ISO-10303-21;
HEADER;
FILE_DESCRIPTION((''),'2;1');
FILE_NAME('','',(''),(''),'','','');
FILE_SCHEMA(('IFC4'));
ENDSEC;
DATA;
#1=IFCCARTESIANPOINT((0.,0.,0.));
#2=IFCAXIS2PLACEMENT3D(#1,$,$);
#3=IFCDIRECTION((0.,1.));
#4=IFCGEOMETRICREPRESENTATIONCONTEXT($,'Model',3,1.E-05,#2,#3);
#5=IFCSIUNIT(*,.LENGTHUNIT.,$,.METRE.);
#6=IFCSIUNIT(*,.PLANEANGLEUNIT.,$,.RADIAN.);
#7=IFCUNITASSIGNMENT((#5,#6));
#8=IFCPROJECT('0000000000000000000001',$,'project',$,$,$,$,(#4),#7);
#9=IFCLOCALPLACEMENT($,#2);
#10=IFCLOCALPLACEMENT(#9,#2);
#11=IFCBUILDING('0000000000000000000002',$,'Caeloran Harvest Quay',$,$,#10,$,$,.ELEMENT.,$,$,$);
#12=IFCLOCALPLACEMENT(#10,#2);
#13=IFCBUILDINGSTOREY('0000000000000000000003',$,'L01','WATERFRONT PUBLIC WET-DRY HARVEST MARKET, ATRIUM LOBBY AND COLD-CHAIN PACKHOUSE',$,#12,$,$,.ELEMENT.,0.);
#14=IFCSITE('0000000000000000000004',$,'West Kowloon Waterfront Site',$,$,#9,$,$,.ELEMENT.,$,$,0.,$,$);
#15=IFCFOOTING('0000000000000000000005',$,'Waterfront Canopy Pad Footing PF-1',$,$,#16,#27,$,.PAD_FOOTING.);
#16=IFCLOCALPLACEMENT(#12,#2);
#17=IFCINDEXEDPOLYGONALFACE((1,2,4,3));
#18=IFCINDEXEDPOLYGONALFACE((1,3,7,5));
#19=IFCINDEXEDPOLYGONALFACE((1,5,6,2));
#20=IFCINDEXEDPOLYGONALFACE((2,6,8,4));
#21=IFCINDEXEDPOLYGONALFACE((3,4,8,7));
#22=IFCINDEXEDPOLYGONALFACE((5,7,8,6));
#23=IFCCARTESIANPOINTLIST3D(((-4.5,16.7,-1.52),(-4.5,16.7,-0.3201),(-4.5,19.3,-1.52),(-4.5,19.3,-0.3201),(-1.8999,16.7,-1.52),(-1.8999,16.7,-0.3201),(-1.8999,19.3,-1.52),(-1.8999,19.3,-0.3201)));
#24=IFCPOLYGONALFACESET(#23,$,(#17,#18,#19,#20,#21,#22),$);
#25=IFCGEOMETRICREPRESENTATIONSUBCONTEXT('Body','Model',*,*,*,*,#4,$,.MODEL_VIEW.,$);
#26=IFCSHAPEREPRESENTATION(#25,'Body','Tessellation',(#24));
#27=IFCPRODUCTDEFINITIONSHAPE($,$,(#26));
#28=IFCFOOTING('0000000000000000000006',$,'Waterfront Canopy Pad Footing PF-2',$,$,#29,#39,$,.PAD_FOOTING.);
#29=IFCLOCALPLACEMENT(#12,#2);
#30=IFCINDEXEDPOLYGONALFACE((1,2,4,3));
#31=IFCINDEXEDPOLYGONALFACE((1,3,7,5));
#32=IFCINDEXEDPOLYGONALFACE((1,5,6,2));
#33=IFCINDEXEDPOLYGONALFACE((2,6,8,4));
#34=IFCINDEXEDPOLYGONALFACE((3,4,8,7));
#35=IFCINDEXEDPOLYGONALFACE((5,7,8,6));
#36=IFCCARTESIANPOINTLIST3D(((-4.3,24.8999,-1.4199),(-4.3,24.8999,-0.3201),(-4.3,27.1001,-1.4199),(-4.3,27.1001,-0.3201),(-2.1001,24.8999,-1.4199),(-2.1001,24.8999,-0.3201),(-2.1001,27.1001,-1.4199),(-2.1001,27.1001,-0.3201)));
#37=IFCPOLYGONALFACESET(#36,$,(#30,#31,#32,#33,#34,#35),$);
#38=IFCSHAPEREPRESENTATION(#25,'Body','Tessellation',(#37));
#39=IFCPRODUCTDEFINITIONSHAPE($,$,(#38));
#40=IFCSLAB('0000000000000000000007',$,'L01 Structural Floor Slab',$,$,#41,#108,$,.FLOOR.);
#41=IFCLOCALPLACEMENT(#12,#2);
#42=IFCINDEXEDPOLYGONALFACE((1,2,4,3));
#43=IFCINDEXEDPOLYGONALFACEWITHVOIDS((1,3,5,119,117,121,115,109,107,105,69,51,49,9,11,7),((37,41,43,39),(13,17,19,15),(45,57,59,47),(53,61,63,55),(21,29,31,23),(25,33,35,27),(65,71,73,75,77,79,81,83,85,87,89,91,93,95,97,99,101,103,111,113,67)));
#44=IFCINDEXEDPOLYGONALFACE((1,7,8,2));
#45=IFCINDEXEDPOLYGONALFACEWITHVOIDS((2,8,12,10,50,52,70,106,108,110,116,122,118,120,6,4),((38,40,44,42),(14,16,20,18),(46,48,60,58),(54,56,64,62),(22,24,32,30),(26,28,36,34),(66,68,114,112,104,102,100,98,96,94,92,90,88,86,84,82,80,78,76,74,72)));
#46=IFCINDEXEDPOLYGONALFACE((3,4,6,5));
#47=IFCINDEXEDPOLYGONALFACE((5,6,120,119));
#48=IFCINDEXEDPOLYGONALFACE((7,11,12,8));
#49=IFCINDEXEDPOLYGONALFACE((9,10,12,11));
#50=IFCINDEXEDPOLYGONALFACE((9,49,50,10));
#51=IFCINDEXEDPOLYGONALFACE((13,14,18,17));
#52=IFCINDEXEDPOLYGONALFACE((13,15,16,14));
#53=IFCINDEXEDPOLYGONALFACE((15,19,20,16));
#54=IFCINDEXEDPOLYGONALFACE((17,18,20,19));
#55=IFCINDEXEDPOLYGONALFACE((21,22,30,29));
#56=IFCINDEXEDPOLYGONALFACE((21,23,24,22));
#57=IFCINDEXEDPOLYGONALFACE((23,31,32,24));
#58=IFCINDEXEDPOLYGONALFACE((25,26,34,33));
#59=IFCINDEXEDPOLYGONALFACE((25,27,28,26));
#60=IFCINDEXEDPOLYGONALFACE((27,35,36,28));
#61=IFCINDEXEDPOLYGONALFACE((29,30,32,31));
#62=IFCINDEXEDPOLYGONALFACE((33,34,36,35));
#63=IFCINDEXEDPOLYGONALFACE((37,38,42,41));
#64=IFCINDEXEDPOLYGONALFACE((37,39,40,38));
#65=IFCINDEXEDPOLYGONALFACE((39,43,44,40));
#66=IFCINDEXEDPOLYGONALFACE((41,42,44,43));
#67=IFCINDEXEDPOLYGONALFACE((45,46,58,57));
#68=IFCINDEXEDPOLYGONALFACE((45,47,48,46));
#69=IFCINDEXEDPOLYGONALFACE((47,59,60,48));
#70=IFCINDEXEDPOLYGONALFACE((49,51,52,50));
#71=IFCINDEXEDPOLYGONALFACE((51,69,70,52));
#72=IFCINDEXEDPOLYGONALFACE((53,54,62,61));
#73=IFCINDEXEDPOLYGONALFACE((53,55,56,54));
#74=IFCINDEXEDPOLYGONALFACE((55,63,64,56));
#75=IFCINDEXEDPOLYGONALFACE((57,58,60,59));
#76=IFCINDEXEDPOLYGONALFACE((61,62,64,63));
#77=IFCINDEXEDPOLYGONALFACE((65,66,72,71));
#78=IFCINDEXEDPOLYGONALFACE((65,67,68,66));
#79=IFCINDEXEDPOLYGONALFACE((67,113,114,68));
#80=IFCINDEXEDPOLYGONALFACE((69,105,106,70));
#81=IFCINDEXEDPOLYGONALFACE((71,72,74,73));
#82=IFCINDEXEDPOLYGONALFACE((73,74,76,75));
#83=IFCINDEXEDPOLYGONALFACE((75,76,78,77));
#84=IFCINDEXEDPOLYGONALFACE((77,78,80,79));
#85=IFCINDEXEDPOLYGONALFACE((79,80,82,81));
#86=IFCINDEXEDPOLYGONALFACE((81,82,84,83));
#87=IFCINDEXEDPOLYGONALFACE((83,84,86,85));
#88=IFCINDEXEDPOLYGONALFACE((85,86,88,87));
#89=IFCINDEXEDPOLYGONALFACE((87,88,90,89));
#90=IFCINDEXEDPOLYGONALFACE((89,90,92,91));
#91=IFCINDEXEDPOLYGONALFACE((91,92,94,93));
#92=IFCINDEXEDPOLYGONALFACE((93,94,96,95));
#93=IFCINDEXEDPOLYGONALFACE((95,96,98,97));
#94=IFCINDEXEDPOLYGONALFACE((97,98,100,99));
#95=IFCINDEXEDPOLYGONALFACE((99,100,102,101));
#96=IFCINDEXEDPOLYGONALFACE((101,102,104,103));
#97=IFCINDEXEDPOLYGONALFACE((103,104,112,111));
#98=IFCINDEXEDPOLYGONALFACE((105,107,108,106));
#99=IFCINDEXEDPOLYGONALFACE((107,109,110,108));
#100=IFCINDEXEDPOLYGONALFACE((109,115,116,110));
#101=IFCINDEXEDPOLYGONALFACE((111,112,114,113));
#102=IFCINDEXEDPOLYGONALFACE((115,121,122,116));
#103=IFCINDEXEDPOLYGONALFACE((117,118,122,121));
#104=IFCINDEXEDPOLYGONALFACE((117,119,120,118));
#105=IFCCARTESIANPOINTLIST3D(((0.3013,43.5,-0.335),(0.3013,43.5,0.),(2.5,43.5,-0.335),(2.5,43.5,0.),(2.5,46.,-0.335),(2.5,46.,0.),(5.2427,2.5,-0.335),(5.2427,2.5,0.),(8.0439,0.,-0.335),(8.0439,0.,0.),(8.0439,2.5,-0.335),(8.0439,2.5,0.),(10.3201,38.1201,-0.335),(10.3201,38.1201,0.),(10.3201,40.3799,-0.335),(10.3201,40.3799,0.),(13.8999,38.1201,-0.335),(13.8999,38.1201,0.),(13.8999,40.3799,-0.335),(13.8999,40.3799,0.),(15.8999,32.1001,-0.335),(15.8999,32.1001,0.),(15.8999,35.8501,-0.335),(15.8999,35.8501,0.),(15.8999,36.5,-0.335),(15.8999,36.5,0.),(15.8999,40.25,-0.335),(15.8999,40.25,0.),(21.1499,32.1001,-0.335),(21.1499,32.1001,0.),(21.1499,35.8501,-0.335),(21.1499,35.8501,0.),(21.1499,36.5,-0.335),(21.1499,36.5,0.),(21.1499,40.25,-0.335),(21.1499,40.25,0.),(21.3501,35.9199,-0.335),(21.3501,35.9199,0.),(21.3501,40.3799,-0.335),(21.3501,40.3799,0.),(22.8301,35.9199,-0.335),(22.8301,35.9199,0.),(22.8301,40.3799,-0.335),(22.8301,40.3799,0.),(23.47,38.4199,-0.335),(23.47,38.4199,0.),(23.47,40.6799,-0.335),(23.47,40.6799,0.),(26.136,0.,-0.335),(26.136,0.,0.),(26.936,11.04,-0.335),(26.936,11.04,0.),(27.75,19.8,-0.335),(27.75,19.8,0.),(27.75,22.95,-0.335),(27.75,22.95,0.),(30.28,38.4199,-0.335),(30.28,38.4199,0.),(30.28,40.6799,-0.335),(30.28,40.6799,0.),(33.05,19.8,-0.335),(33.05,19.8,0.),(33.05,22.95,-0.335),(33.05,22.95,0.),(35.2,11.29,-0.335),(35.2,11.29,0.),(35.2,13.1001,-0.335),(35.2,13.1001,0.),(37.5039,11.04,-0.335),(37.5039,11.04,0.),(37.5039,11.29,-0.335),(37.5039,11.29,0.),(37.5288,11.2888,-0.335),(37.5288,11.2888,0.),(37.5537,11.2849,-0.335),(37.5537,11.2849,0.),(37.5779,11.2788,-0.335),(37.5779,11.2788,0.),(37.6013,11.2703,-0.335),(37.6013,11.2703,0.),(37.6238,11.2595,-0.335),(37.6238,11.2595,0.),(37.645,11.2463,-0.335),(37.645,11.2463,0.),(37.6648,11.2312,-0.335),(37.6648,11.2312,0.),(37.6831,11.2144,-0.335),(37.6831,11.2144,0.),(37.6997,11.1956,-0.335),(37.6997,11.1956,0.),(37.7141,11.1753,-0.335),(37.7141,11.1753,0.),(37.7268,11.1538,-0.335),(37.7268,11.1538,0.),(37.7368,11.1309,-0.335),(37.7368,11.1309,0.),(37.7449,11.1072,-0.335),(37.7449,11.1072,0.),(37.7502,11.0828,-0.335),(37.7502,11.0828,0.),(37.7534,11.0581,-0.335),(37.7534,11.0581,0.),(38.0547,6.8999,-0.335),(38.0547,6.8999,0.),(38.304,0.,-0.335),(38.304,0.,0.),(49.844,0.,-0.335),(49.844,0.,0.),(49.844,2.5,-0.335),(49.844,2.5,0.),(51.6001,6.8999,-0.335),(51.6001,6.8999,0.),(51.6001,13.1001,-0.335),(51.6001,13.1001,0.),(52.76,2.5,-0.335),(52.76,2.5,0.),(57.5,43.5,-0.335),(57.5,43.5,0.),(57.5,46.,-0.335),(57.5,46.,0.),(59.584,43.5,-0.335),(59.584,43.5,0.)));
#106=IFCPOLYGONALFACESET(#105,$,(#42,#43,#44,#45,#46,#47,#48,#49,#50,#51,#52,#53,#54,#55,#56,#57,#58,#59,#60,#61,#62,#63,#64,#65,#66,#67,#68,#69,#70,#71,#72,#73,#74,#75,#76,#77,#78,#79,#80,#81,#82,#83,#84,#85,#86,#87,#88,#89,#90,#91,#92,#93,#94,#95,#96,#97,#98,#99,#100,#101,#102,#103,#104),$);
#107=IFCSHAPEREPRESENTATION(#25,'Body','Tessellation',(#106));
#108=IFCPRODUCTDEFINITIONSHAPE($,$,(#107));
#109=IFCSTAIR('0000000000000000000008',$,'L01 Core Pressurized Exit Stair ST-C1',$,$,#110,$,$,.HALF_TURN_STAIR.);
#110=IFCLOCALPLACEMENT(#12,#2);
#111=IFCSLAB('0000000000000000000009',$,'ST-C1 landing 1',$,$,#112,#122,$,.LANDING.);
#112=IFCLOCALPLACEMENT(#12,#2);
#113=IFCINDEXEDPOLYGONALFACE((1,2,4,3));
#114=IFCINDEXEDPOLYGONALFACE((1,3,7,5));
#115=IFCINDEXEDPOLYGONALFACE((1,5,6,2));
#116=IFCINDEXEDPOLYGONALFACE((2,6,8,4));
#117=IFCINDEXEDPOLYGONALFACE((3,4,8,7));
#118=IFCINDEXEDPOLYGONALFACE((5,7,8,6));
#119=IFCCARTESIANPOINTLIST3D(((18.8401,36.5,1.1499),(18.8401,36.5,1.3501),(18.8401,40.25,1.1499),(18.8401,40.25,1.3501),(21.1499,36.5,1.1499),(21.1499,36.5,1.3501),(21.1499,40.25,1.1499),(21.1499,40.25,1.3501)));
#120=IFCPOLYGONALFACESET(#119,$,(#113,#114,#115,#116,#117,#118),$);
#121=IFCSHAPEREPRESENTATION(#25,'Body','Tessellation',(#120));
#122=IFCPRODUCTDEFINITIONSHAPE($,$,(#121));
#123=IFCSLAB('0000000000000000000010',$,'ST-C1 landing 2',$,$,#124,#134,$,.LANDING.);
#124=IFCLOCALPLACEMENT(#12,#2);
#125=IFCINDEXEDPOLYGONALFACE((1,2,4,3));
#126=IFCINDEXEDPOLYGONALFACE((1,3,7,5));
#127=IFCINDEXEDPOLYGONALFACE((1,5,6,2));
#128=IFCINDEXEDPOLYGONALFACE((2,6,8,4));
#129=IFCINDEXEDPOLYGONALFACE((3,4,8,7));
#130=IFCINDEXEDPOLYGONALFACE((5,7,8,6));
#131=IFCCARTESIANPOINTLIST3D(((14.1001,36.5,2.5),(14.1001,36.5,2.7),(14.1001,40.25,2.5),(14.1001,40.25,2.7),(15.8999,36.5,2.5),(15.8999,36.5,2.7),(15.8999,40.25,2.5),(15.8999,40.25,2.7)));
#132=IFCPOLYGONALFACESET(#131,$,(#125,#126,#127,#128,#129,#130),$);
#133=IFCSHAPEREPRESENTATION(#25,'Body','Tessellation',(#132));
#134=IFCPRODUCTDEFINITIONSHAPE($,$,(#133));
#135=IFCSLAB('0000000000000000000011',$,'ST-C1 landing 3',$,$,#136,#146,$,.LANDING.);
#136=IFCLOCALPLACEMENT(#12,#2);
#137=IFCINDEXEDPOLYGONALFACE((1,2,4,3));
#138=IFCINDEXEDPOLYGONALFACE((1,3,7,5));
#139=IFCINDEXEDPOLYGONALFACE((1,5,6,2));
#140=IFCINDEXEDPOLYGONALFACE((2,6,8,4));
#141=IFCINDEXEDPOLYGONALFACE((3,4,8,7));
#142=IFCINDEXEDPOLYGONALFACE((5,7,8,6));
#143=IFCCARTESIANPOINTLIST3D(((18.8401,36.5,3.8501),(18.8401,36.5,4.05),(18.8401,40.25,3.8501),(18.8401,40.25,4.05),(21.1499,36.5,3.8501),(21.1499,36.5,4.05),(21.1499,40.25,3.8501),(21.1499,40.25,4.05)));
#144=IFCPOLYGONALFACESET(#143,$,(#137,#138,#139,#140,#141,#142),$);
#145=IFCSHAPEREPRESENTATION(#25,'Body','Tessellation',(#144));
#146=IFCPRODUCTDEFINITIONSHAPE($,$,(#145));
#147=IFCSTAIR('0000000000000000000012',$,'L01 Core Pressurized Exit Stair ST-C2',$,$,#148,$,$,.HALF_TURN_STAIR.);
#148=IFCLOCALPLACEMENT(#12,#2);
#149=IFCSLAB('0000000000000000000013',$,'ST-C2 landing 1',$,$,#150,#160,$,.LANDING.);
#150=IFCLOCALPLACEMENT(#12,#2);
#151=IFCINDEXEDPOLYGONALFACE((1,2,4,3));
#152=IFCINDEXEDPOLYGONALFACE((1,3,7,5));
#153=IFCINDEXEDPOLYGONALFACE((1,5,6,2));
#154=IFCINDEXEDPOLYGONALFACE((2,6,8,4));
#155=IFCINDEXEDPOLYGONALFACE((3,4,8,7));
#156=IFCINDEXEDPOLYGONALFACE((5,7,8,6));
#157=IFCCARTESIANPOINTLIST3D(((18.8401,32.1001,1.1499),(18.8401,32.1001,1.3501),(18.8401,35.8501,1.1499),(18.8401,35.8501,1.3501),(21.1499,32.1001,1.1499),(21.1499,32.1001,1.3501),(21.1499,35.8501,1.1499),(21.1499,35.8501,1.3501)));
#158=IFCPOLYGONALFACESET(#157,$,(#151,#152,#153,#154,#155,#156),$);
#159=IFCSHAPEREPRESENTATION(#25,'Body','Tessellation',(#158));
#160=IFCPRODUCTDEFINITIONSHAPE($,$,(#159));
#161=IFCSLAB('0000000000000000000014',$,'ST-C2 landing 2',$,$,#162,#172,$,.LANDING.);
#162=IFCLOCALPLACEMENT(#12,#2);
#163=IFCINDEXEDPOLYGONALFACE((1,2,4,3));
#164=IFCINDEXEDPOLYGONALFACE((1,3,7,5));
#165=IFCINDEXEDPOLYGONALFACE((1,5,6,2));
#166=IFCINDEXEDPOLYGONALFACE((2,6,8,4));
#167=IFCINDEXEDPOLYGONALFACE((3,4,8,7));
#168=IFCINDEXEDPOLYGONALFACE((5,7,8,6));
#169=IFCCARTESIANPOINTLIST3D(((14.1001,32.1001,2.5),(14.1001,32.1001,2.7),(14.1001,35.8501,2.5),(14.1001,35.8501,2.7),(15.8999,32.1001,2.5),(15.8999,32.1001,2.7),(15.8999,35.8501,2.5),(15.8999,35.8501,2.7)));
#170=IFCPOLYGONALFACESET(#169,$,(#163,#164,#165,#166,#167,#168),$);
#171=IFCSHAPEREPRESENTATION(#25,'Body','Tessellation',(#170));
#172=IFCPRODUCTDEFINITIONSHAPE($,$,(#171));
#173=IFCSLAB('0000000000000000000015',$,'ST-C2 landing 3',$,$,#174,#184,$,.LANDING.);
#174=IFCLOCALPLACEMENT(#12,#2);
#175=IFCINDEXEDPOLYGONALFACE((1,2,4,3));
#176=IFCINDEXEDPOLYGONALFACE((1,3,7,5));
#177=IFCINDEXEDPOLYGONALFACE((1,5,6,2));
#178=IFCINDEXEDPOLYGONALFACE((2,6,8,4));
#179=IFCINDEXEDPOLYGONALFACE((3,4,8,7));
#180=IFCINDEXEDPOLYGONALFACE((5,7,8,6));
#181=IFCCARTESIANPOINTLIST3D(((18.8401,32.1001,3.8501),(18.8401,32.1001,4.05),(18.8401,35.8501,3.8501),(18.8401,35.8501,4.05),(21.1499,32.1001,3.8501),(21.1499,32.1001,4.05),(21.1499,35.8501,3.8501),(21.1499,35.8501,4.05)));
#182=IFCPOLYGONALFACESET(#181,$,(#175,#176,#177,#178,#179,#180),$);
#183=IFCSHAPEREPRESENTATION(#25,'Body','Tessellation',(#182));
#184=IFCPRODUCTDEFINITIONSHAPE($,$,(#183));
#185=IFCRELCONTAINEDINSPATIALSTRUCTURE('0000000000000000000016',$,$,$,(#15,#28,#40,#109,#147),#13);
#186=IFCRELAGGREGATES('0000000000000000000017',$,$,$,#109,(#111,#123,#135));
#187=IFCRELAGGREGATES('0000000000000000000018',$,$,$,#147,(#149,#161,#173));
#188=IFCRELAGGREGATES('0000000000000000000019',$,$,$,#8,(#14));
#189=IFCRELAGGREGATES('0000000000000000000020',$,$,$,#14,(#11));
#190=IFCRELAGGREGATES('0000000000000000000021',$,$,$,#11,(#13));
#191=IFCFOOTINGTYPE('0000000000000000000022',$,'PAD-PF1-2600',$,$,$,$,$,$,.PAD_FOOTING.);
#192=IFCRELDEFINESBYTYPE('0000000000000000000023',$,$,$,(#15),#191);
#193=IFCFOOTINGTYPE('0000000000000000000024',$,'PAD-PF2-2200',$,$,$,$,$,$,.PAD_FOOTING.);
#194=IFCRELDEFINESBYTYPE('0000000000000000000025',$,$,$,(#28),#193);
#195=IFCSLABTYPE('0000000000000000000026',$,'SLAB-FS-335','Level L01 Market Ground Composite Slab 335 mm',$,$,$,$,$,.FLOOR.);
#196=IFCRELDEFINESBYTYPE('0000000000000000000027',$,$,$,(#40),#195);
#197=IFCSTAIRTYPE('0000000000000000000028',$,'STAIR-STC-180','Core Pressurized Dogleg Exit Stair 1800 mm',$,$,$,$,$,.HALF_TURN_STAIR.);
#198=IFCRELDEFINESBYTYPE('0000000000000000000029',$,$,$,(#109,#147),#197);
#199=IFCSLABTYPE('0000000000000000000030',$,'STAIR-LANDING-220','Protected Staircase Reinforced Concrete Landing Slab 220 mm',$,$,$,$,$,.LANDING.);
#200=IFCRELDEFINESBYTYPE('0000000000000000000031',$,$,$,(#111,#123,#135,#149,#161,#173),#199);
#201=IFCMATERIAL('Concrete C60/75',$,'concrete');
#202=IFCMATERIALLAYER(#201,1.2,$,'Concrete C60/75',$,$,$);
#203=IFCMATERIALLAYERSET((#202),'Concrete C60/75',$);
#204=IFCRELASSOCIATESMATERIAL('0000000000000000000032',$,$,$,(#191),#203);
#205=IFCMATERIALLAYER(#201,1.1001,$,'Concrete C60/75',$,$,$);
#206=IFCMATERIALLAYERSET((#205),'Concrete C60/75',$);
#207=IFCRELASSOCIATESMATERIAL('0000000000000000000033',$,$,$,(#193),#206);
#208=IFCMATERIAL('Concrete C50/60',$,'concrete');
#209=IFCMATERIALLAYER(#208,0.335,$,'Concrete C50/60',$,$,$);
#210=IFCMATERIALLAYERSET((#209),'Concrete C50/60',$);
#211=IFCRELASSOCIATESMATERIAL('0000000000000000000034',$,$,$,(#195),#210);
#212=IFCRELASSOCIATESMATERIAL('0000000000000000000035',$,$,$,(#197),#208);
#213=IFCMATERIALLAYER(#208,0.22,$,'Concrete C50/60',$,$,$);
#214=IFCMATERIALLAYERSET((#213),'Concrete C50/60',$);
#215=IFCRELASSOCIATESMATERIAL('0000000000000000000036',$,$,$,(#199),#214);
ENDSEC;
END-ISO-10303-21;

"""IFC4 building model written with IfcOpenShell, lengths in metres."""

from ifc_helpers import new_model, si_unit, direction, frame, origin, place, context, subcontext, project, spatial, polyline, outline, extrude, material, layer, layer_set, type_object, element, aggregate, save


model = new_model("IFC4")

# Units and contexts
model_context = context("Model", 3, precision=1e-05, world=origin(), true_north=direction((0.0, 1.0)))
body_context = subcontext(model_context, "Body", "Model", "MODEL_VIEW")
ifc_project = project(units=[si_unit("LENGTHUNIT", "METRE"), si_unit("PLANEANGLEUNIT", "RADIAN")], contexts=[model_context])

# Site, building, storey
site_placement = place(None, origin())
site = spatial("IfcSite", under=ifc_project, at=site_placement, Name="West Kowloon Waterfront Site", CompositionType="ELEMENT", RefElevation=0.0)
building_placement = place(site_placement, origin())
building = spatial("IfcBuilding", under=site, at=building_placement, Name="Caeloran Harvest Quay", CompositionType="ELEMENT")
storey_placement = place(building_placement, origin())
storey = spatial("IfcBuildingStorey", under=building, at=storey_placement, Name="L01", Description="WATERFRONT PUBLIC WET-DRY HARVEST MARKET, ATRIUM LOBBY AND COLD-CHAIN PACKHOUSE", CompositionType="ELEMENT", Elevation=0.0)

# Footings
ifc_material_1 = material(Name="Concrete C60/75", Category="concrete")
ifc_layer_1 = layer(ifc_material_1, 1.2, Name="Concrete C60/75")
ifc_layer_set_1 = layer_set([ifc_layer_1], Name="Concrete C60/75")
footing_type_1 = type_object("IfcFootingType", Name="PAD-PF1-2600", PredefinedType="PAD_FOOTING", material=ifc_layer_set_1)
footing_1_placement = place(storey_placement, frame((0.0, 0.0, -1.52)))
element("IfcFooting", 1, at=footing_1_placement, inside=storey, type_object=footing_type_1, Name="Waterfront Canopy Pad Footing PF-1", PredefinedType="PAD_FOOTING", context=body_context, shape_type="SweptSolid", body=[
    extrude(outline(polyline([(-4.5, 16.7), (-1.8999, 16.7), (-1.8999, 19.3), (-4.5, 19.3), (-4.5, 16.7)])), origin(), (0.0, 0.0, 1.0), 1.2),
])
ifc_layer_2 = layer(ifc_material_1, 1.1001, Name="Concrete C60/75")
ifc_layer_set_2 = layer_set([ifc_layer_2], Name="Concrete C60/75")
footing_type_2 = type_object("IfcFootingType", Name="PAD-PF2-2200", PredefinedType="PAD_FOOTING", material=ifc_layer_set_2)
footing_2_placement = place(storey_placement, frame((0.0, 0.0, -1.4199)))
element("IfcFooting", 2, at=footing_2_placement, inside=storey, type_object=footing_type_2, Name="Waterfront Canopy Pad Footing PF-2", PredefinedType="PAD_FOOTING", context=body_context, shape_type="SweptSolid", body=[
    extrude(outline(polyline([(-4.3, 24.8999), (-2.1001, 24.8999), (-2.1001, 27.1001), (-4.3, 27.1001), (-4.3, 24.8999)])), origin(), (0.0, 0.0, 1.0), 1.0999),
])

# Slab
ifc_material_2 = material(Name="Concrete C50/60", Category="concrete")
ifc_layer_3 = layer(ifc_material_2, 0.335, Name="Concrete C50/60")
ifc_layer_set_3 = layer_set([ifc_layer_3], Name="Concrete C50/60")
slab_type_1 = type_object("IfcSlabType", Name="SLAB-FS-335", Description="Level L01 Market Ground Composite Slab 335 mm", PredefinedType="FLOOR", material=ifc_layer_set_3)
slab_1_placement = place(storey_placement, frame((0.0, 0.0, -0.335)))
element("IfcSlab", 3, at=slab_1_placement, inside=storey, type_object=slab_type_1, Name="L01 Structural Floor Slab", PredefinedType="FLOOR", context=body_context, shape_type="SweptSolid", body=[
    extrude(outline(polyline([(8.0439, 0.0), (26.136, 0.0), (26.936, 11.04), (37.5039, 11.04), (38.304, 0.0), (49.844, 0.0), (49.844, 2.5), (52.76, 2.5), (59.584, 43.5), (57.5, 43.5), (57.5, 46.0), (2.5, 46.0), (2.5, 43.5), (0.3013, 43.5), (5.2427, 2.5), (8.0439, 2.5), (8.0439, 0.0)]), holes=[polyline([(51.6001, 13.1001), (51.6001, 6.8999), (38.0547, 6.8999), (37.7534, 11.0581), (37.7502, 11.0828), (37.7449, 11.1072), (37.7368, 11.1309), (37.7268, 11.1538), (37.7141, 11.1753), (37.6997, 11.1956), (37.6831, 11.2144), (37.6648, 11.2312), (37.645, 11.2463), (37.6238, 11.2595), (37.6013, 11.2703), (37.5779, 11.2788), (37.5537, 11.2849), (37.5288, 11.2888), (37.5039, 11.29), (35.2, 11.29), (35.2, 13.1001), (51.6001, 13.1001)]), polyline([(27.75, 19.8), (27.75, 22.95), (33.05, 22.95), (33.05, 19.8), (27.75, 19.8)]), polyline([(15.8999, 32.1001), (15.8999, 35.8501), (21.1499, 35.8501), (21.1499, 32.1001), (15.8999, 32.1001)]), polyline([(22.8301, 35.9199), (21.3501, 35.9199), (21.3501, 40.3799), (22.8301, 40.3799), (22.8301, 35.9199)]), polyline([(15.8999, 36.5), (15.8999, 40.25), (21.1499, 40.25), (21.1499, 36.5), (15.8999, 36.5)]), polyline([(13.8999, 38.1201), (10.3201, 38.1201), (10.3201, 40.3799), (13.8999, 40.3799), (13.8999, 38.1201)]), polyline([(30.28, 38.4199), (23.47, 38.4199), (23.47, 40.6799), (30.28, 40.6799), (30.28, 38.4199)])]), origin(), (0.0, 0.0, 1.0), 0.335),
])

# Stairs, slabs
stair_type_1 = type_object("IfcStairType", Name="STAIR-STC-180", Description="Core Pressurized Dogleg Exit Stair 1800 mm", PredefinedType="HALF_TURN_STAIR", material=ifc_material_2)
stair_1_placement = place(storey_placement, origin())
stair_1 = element("IfcStair", 4, at=stair_1_placement, inside=storey, type_object=stair_type_1, Name="L01 Core Pressurized Exit Stair ST-C1", PredefinedType="HALF_TURN_STAIR")
ifc_layer_4 = layer(ifc_material_2, 0.22, Name="Concrete C50/60")
ifc_layer_set_4 = layer_set([ifc_layer_4], Name="Concrete C50/60")
slab_type_2 = type_object("IfcSlabType", Name="STAIR-LANDING-220", Description="Protected Staircase Reinforced Concrete Landing Slab 220 mm", PredefinedType="LANDING", material=ifc_layer_set_4)
slab_2_placement = place(storey_placement, frame((0.0, 0.0, 1.1499)))
slab_2 = element("IfcSlab", 5, at=slab_2_placement, type_object=slab_type_2, Name="ST-C1 landing 1", PredefinedType="LANDING", context=body_context, shape_type="SweptSolid", body=[
    extrude(outline(polyline([(18.8401, 36.5), (21.1499, 36.5), (21.1499, 40.25), (18.8401, 40.25), (18.8401, 36.5)])), origin(), (0.0, 0.0, 1.0), 0.2002),
])
slab_3_placement = place(storey_placement, frame((0.0, 0.0, 2.5)))
slab_3 = element("IfcSlab", 6, at=slab_3_placement, type_object=slab_type_2, Name="ST-C1 landing 2", PredefinedType="LANDING", context=body_context, shape_type="SweptSolid", body=[
    extrude(outline(polyline([(14.1001, 36.5), (15.8999, 36.5), (15.8999, 40.25), (14.1001, 40.25), (14.1001, 36.5)])), origin(), (0.0, 0.0, 1.0), 0.2),
])
slab_4_placement = place(storey_placement, frame((0.0, 0.0, 3.8501)))
slab_4 = element("IfcSlab", 7, at=slab_4_placement, type_object=slab_type_2, Name="ST-C1 landing 3", PredefinedType="LANDING", context=body_context, shape_type="SweptSolid", body=[
    extrude(outline(polyline([(18.8401, 36.5), (21.1499, 36.5), (21.1499, 40.25), (18.8401, 40.25), (18.8401, 36.5)])), origin(), (0.0, 0.0, 1.0), 0.2),
])
aggregate(stair_1, [slab_2, slab_3, slab_4])
stair_2_placement = place(storey_placement, origin())
stair_2 = element("IfcStair", 8, at=stair_2_placement, inside=storey, type_object=stair_type_1, Name="L01 Core Pressurized Exit Stair ST-C2", PredefinedType="HALF_TURN_STAIR")
slab_5_placement = place(storey_placement, frame((0.0, 0.0, 1.1499)))
slab_5 = element("IfcSlab", 9, at=slab_5_placement, type_object=slab_type_2, Name="ST-C2 landing 1", PredefinedType="LANDING", context=body_context, shape_type="SweptSolid", body=[
    extrude(outline(polyline([(18.8401, 32.1001), (21.1499, 32.1001), (21.1499, 35.8501), (18.8401, 35.8501), (18.8401, 32.1001)])), origin(), (0.0, 0.0, 1.0), 0.2002),
])
slab_6_placement = place(storey_placement, frame((0.0, 0.0, 2.5)))
slab_6 = element("IfcSlab", 10, at=slab_6_placement, type_object=slab_type_2, Name="ST-C2 landing 2", PredefinedType="LANDING", context=body_context, shape_type="SweptSolid", body=[
    extrude(outline(polyline([(14.1001, 32.1001), (15.8999, 32.1001), (15.8999, 35.8501), (14.1001, 35.8501), (14.1001, 32.1001)])), origin(), (0.0, 0.0, 1.0), 0.2),
])
slab_7_placement = place(storey_placement, frame((0.0, 0.0, 3.8501)))
slab_7 = element("IfcSlab", 11, at=slab_7_placement, type_object=slab_type_2, Name="ST-C2 landing 3", PredefinedType="LANDING", context=body_context, shape_type="SweptSolid", body=[
    extrude(outline(polyline([(18.8401, 32.1001), (21.1499, 32.1001), (21.1499, 35.8501), (18.8401, 35.8501), (18.8401, 32.1001)])), origin(), (0.0, 0.0, 1.0), 0.2),
])
aggregate(stair_2, [slab_5, slab_6, slab_7])

save(model, "model.ifc")
